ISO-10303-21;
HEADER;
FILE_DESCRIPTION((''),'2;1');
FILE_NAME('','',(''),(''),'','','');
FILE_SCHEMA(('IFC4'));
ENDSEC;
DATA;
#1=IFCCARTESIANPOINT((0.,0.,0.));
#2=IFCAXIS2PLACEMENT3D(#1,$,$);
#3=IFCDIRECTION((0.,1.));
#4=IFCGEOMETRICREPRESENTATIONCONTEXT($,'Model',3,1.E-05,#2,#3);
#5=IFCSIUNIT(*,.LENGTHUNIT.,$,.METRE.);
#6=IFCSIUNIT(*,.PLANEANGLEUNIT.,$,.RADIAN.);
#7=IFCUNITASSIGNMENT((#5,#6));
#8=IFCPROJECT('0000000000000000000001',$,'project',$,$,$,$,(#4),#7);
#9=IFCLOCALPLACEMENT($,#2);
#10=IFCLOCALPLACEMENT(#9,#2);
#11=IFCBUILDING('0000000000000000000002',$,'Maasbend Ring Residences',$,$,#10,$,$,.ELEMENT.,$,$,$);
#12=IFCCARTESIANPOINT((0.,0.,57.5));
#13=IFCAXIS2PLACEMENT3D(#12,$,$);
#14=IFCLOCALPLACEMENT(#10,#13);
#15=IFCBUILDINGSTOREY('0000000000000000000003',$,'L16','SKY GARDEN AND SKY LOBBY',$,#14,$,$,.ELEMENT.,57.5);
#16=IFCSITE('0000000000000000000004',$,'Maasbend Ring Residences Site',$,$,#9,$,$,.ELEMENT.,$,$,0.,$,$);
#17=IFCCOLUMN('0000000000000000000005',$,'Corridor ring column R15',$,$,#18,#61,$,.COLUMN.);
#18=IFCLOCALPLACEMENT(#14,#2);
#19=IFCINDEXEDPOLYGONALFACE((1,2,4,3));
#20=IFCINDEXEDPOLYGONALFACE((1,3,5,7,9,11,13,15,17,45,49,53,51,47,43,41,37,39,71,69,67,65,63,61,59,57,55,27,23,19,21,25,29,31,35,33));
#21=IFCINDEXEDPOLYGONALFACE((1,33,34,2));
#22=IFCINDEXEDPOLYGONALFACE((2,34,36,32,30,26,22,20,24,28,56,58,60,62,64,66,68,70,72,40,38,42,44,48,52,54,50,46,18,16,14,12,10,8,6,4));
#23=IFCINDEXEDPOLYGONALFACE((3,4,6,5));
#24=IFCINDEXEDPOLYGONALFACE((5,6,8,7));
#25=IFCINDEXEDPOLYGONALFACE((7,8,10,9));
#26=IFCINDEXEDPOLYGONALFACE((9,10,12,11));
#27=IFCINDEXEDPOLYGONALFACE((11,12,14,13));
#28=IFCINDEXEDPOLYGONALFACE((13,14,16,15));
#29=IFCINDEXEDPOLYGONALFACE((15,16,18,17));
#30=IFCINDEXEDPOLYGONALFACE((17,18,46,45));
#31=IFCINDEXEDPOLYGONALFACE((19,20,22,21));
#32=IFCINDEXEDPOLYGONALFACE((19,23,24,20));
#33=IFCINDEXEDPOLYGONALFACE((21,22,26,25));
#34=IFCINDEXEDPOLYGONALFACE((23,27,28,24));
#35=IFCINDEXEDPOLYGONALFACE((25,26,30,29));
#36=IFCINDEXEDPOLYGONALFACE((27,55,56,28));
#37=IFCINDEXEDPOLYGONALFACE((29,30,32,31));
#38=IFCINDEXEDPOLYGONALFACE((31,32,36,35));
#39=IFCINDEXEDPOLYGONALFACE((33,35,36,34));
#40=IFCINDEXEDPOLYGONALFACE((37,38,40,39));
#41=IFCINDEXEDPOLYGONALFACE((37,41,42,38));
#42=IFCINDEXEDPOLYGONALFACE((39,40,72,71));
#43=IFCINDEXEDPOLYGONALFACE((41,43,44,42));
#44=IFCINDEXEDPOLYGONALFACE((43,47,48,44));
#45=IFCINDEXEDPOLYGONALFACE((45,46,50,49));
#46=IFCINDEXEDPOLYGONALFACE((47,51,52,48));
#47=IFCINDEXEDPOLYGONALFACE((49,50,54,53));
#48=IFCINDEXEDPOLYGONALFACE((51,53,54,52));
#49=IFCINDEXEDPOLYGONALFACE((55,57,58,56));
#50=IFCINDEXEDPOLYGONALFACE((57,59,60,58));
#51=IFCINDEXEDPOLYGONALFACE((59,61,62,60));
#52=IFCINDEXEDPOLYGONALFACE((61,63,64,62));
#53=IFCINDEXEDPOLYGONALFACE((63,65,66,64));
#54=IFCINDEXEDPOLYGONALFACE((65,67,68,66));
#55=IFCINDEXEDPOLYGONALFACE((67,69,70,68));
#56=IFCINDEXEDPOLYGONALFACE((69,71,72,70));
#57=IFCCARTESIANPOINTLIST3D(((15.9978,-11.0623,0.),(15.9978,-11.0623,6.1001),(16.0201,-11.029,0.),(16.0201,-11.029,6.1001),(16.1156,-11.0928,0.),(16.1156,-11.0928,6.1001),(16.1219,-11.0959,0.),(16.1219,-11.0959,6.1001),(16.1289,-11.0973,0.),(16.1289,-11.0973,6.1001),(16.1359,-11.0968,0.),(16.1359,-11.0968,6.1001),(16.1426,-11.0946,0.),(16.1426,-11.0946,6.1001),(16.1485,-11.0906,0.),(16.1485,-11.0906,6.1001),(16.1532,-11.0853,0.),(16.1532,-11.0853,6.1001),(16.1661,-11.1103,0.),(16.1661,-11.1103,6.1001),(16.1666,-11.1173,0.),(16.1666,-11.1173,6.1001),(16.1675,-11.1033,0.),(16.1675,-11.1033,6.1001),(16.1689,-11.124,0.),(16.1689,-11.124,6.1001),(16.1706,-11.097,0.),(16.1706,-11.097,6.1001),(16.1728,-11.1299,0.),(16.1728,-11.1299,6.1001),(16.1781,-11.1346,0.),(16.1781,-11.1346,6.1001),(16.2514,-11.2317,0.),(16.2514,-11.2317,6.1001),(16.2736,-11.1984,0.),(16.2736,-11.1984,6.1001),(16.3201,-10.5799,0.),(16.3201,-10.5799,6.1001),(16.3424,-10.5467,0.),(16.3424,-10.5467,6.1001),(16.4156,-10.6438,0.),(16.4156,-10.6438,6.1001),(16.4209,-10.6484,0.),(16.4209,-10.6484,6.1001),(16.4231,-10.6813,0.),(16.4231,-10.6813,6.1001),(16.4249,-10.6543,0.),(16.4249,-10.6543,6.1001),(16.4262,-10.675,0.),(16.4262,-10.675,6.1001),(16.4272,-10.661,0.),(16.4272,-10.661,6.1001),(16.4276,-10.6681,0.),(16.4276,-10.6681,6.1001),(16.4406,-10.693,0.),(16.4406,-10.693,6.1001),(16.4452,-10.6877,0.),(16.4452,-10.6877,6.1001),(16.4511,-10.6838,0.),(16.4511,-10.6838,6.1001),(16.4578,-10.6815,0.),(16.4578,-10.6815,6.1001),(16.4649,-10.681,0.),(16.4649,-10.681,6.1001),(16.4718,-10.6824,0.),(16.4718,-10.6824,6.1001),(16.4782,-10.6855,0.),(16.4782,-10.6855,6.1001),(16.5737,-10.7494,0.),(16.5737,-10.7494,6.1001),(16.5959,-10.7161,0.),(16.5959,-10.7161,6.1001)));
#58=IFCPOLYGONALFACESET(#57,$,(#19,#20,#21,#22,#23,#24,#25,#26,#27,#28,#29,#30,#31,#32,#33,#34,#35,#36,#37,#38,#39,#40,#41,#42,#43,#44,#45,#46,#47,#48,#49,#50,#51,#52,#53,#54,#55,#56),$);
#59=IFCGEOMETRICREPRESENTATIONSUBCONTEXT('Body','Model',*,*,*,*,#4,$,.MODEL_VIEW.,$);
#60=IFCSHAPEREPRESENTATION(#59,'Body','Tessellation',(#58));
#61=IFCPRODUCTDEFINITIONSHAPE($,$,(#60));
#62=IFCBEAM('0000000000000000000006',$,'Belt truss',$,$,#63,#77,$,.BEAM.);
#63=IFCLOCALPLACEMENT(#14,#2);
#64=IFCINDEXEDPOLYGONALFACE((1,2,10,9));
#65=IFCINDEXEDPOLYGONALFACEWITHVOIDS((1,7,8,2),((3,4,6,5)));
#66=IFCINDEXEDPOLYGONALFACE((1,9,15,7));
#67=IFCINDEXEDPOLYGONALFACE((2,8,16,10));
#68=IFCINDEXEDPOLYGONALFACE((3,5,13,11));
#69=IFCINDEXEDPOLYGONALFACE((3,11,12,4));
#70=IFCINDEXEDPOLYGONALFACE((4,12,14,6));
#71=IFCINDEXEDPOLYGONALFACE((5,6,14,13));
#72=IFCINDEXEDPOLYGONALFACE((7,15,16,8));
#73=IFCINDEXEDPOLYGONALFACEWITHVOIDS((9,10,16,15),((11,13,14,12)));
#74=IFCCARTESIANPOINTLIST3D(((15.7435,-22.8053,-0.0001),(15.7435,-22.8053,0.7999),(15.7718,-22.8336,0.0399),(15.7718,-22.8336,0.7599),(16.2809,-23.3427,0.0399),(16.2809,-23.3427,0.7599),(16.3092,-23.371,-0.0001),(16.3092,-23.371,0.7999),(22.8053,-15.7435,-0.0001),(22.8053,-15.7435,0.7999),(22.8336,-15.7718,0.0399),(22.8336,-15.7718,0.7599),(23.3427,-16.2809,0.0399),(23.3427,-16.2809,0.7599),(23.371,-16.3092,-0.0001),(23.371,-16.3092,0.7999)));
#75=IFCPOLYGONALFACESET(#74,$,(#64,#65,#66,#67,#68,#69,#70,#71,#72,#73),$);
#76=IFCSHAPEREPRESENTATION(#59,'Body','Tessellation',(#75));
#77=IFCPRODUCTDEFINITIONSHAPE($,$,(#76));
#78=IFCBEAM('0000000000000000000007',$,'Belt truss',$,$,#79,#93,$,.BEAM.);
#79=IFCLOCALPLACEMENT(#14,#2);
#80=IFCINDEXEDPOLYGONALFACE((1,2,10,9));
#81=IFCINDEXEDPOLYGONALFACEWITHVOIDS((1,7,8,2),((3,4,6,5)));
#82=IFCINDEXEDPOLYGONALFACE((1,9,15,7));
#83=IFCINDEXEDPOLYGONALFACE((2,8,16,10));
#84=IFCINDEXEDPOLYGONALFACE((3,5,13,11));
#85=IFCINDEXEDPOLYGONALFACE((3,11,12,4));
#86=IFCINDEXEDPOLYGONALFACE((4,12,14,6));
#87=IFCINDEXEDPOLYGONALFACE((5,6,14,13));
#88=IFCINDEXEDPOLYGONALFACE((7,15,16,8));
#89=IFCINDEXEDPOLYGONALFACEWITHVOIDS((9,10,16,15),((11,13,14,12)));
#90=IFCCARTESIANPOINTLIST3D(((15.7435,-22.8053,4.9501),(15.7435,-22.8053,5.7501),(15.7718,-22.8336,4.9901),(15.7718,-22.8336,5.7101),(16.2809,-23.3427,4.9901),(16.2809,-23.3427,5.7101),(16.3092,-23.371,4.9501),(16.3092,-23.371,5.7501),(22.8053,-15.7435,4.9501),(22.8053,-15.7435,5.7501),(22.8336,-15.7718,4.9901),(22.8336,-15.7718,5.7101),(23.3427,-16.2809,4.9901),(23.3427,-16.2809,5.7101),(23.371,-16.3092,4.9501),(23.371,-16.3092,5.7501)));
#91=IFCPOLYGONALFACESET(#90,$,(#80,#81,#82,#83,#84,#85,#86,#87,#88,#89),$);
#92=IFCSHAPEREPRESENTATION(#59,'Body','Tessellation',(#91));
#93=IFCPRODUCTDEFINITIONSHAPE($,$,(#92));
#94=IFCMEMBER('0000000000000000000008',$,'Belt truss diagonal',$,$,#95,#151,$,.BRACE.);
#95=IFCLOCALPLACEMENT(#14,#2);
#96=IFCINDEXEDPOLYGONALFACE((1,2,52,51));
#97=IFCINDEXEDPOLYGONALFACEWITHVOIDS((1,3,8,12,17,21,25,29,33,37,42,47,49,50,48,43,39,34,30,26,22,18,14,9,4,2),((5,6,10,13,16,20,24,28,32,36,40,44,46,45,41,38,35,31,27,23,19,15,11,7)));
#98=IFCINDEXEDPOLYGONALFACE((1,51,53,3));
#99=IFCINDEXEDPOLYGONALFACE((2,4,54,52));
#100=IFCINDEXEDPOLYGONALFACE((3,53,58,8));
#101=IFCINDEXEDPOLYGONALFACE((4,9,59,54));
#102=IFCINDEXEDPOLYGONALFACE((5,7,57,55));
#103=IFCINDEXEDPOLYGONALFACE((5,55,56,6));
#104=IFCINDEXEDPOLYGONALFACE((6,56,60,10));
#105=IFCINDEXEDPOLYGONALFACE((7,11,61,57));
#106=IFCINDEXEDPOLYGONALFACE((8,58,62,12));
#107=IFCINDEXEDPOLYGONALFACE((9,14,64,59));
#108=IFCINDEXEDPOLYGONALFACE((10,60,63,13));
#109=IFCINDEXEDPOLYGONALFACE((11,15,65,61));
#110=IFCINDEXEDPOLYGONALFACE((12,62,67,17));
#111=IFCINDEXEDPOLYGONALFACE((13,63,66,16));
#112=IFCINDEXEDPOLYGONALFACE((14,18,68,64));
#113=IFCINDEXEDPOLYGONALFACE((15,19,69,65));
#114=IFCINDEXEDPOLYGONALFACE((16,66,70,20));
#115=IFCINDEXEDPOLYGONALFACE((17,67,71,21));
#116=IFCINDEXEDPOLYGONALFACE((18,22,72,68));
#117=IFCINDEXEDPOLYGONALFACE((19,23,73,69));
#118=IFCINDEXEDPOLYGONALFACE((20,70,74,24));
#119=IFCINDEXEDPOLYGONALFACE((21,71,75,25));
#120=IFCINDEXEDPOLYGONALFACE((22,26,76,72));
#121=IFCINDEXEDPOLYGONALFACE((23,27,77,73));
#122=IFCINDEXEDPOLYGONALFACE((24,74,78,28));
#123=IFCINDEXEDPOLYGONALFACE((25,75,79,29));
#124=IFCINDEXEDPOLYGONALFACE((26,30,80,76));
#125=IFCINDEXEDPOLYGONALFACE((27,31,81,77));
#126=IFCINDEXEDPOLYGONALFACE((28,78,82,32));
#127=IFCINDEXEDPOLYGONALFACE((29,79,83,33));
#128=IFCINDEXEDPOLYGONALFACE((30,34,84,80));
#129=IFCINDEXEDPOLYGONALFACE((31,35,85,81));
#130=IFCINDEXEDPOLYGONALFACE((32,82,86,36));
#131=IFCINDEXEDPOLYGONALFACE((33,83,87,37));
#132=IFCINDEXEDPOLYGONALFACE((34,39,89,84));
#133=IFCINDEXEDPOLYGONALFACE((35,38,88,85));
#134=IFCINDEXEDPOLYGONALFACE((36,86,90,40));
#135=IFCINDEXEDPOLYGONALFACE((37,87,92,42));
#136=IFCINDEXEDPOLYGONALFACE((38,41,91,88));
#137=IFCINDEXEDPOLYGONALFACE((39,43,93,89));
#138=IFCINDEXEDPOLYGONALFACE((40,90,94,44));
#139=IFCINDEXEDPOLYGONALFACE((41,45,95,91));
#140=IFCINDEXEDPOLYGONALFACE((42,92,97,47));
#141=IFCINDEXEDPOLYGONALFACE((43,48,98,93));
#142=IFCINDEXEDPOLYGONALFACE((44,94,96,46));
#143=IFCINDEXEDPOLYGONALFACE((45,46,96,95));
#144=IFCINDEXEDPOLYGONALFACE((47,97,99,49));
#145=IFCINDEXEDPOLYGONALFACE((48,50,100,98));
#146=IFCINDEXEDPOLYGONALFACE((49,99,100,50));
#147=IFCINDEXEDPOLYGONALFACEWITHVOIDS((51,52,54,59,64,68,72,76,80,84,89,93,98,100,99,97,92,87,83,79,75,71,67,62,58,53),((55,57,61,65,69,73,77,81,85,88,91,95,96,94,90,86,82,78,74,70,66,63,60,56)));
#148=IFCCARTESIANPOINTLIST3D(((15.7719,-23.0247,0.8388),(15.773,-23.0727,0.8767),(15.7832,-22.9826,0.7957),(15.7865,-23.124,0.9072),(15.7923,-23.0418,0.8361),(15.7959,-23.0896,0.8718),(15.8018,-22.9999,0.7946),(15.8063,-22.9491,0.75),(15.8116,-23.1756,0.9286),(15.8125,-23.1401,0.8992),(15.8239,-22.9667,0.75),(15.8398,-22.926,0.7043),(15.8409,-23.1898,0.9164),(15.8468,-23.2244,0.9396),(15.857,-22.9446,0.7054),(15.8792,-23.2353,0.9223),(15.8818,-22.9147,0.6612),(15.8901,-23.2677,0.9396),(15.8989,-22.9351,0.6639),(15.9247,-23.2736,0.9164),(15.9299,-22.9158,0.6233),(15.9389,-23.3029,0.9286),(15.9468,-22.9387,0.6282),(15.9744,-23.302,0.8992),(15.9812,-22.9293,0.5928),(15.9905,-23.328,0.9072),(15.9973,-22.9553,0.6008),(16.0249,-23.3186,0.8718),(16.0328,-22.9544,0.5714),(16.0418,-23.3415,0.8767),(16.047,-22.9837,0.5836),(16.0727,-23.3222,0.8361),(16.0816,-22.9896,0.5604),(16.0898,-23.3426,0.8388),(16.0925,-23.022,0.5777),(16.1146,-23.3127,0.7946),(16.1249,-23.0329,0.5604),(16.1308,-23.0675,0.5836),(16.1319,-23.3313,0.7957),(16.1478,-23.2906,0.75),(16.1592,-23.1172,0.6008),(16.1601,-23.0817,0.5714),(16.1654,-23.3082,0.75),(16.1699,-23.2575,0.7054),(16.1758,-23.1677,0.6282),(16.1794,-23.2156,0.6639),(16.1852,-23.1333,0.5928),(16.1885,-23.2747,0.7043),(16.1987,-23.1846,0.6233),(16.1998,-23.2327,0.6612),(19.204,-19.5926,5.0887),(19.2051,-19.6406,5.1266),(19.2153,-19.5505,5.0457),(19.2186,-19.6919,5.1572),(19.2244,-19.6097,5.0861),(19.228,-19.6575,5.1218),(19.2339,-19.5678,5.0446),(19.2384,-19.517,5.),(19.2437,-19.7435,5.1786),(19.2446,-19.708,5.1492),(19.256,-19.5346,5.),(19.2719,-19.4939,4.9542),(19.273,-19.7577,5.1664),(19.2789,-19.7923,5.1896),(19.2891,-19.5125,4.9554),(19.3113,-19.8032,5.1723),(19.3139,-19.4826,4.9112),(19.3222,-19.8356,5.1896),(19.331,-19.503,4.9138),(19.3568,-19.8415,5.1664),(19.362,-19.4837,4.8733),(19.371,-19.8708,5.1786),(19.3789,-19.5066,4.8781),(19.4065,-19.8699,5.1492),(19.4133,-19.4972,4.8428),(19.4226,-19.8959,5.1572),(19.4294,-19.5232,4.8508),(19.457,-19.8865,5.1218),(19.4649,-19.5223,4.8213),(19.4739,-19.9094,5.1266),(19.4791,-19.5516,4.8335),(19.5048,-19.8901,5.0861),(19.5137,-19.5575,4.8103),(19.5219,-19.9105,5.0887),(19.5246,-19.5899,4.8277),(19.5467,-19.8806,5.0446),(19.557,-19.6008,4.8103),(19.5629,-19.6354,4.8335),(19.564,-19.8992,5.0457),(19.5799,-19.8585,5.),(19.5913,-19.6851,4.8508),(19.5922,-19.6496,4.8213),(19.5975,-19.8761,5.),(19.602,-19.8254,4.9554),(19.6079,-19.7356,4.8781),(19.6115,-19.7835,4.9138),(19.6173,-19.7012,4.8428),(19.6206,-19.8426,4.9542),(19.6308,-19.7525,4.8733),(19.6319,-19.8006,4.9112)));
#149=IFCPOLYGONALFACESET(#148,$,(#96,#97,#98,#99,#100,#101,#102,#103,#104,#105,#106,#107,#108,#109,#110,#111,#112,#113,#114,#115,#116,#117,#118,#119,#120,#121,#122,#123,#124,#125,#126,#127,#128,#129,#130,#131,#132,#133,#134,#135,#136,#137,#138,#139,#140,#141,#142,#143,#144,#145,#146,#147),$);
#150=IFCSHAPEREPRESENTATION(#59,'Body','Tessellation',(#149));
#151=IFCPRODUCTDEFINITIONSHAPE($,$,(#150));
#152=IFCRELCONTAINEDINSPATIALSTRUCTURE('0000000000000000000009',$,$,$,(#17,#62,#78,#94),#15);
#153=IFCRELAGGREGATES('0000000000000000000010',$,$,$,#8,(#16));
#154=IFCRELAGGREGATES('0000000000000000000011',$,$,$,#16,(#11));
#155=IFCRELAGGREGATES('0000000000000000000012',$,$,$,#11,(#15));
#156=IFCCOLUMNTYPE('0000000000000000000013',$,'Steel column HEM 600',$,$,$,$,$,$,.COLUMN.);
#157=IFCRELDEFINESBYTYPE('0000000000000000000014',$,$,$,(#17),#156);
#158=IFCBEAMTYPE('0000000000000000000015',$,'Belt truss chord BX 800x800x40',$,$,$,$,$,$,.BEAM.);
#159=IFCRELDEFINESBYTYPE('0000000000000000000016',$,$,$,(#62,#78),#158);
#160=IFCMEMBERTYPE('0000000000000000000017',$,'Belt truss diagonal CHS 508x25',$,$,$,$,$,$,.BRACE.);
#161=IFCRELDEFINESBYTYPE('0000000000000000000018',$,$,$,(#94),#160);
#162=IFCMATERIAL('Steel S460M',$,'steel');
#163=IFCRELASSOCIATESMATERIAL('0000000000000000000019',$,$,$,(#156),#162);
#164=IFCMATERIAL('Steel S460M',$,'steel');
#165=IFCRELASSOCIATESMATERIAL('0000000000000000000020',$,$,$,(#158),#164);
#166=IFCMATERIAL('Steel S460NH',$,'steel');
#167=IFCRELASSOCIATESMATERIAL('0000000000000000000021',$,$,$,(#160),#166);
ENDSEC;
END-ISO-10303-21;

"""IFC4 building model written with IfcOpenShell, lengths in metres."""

from ifc_helpers import new_model, si_unit, direction, frame, origin, origin_2d, place, context, subcontext, project, spatial, hollow_rectangle, hollow_circle, i_section, extrude, material, material_profile, profile_set, type_object, element, save


model = new_model("IFC4")

# Units and contexts
model_context = context("Model", 3, precision=1e-05, world=origin(), true_north=direction((0.0, 1.0)))
body_context = subcontext(model_context, "Body", "Model", "MODEL_VIEW")
ifc_project = project(units=[si_unit("LENGTHUNIT", "METRE"), si_unit("PLANEANGLEUNIT", "RADIAN")], contexts=[model_context])

# Site, building, storey
site_placement = place(None, origin())
site = spatial("IfcSite", under=ifc_project, at=site_placement, Name="Maasbend Ring Residences Site", CompositionType="ELEMENT", RefElevation=0.0)
building_placement = place(site_placement, origin())
building = spatial("IfcBuilding", under=site, at=building_placement, Name="Maasbend Ring Residences", CompositionType="ELEMENT")
storey_placement = place(building_placement, frame((0.0, 0.0, 57.5)))
storey = spatial("IfcBuildingStorey", under=building, at=storey_placement, Name="L16", Description="SKY GARDEN AND SKY LOBBY", CompositionType="ELEMENT", Elevation=57.5)

# Column
ifc_material_1 = material(Name="Steel S460M", Category="steel")
ifc_material_profile_1 = material_profile(ifc_material_1, i_section(OverallWidth=0.3049, OverallDepth=0.6201, WebThickness=0.021, FlangeThickness=0.04, FilletRadius=0.0271, at=origin_2d()), Name="HEM 600")
ifc_profile_set_1 = profile_set([ifc_material_profile_1], Name="Steel S460M")
column_type_1 = type_object("IfcColumnType", Name="Steel column HEM 600", PredefinedType="COLUMN", material=ifc_profile_set_1)
column_placement = place(storey_placement, frame((16.2969, -10.8892, 0.0), z_axis=(0.0, 0.0, 1.0), x_axis=(0.83147, -0.55557, 0.0)))
element("IfcColumn", 1, at=column_placement, inside=storey, type_object=column_type_1, Name="Corridor ring column R15", PredefinedType="COLUMN", context=body_context, shape_type="SweptSolid", body=[
    extrude(i_section(OverallWidth=0.3049, OverallDepth=0.6201, WebThickness=0.021, FlangeThickness=0.04, FilletRadius=0.0271, at=origin_2d()), origin(), (0.0, 0.0, 1.0), 6.1001),
])

# Beams
ifc_material_2 = material(Name="Steel S460M", Category="steel")
ifc_material_profile_2 = material_profile(ifc_material_2, hollow_rectangle(XDim=0.8, YDim=0.8, WallThickness=0.04, at=origin_2d()), Name="Belt truss chord BX 800x800x40")
ifc_profile_set_2 = profile_set([ifc_material_profile_2], Name="Steel S460M")
beam_type_1 = type_object("IfcBeamType", Name="Belt truss chord BX 800x800x40", PredefinedType="BEAM", material=ifc_profile_set_2)
for number, where, z_axis, x_axis, name in (
    (2, (16.0264, -23.0881, 0.3999), (0.707107, 0.707107, 0.0), (-0.707107, 0.707107, 0.0), "Belt truss"),
    (3, (16.0264, -23.0881, 5.3501), (0.707107, 0.707107, 0.0), (-0.707107, 0.707107, 0.0), "Belt truss"),
):
    element("IfcBeam", number, at=place(storey_placement, frame(where, z_axis=z_axis, x_axis=x_axis)), inside=storey, type_object=beam_type_1, Name=name, PredefinedType="BEAM", context=body_context, shape_type="SweptSolid", body=[
        extrude(hollow_rectangle(XDim=0.8, YDim=0.8, WallThickness=0.04, at=origin_2d()), origin(), (0.0, 0.0, 1.0), 9.9868),
    ])

# Member
ifc_material_3 = material(Name="Steel S460NH", Category="steel")
ifc_material_profile_3 = material_profile(ifc_material_3, hollow_circle(Radius=0.2539, WallThickness=0.0249, at=origin_2d()), Name="Belt truss diagonal CHS 508x25")
ifc_profile_set_3 = profile_set([ifc_material_profile_3], Name="Steel S460NH")
member_type_1 = type_object("IfcMemberType", Name="Belt truss diagonal CHS 508x25", PredefinedType="BRACE", material=ifc_profile_set_3)
for number, where, z_axis, x_axis, name in (
    (4, (15.9858, -23.1287, 0.75), (0.531991, 0.531991, 0.658764), (-0.707107, 0.707107, 0.0), "Belt truss diagonal"),
):
    element("IfcMember", number, at=place(storey_placement, frame(where, z_axis=z_axis, x_axis=x_axis)), inside=storey, type_object=member_type_1, Name=name, PredefinedType="BRACE", context=body_context, shape_type="SweptSolid", body=[
        extrude(hollow_circle(Radius=0.2539, WallThickness=0.0249, at=origin_2d()), origin(), (0.0, 0.0, 1.0), 6.4514),
    ])

save(model, "model.ifc")
